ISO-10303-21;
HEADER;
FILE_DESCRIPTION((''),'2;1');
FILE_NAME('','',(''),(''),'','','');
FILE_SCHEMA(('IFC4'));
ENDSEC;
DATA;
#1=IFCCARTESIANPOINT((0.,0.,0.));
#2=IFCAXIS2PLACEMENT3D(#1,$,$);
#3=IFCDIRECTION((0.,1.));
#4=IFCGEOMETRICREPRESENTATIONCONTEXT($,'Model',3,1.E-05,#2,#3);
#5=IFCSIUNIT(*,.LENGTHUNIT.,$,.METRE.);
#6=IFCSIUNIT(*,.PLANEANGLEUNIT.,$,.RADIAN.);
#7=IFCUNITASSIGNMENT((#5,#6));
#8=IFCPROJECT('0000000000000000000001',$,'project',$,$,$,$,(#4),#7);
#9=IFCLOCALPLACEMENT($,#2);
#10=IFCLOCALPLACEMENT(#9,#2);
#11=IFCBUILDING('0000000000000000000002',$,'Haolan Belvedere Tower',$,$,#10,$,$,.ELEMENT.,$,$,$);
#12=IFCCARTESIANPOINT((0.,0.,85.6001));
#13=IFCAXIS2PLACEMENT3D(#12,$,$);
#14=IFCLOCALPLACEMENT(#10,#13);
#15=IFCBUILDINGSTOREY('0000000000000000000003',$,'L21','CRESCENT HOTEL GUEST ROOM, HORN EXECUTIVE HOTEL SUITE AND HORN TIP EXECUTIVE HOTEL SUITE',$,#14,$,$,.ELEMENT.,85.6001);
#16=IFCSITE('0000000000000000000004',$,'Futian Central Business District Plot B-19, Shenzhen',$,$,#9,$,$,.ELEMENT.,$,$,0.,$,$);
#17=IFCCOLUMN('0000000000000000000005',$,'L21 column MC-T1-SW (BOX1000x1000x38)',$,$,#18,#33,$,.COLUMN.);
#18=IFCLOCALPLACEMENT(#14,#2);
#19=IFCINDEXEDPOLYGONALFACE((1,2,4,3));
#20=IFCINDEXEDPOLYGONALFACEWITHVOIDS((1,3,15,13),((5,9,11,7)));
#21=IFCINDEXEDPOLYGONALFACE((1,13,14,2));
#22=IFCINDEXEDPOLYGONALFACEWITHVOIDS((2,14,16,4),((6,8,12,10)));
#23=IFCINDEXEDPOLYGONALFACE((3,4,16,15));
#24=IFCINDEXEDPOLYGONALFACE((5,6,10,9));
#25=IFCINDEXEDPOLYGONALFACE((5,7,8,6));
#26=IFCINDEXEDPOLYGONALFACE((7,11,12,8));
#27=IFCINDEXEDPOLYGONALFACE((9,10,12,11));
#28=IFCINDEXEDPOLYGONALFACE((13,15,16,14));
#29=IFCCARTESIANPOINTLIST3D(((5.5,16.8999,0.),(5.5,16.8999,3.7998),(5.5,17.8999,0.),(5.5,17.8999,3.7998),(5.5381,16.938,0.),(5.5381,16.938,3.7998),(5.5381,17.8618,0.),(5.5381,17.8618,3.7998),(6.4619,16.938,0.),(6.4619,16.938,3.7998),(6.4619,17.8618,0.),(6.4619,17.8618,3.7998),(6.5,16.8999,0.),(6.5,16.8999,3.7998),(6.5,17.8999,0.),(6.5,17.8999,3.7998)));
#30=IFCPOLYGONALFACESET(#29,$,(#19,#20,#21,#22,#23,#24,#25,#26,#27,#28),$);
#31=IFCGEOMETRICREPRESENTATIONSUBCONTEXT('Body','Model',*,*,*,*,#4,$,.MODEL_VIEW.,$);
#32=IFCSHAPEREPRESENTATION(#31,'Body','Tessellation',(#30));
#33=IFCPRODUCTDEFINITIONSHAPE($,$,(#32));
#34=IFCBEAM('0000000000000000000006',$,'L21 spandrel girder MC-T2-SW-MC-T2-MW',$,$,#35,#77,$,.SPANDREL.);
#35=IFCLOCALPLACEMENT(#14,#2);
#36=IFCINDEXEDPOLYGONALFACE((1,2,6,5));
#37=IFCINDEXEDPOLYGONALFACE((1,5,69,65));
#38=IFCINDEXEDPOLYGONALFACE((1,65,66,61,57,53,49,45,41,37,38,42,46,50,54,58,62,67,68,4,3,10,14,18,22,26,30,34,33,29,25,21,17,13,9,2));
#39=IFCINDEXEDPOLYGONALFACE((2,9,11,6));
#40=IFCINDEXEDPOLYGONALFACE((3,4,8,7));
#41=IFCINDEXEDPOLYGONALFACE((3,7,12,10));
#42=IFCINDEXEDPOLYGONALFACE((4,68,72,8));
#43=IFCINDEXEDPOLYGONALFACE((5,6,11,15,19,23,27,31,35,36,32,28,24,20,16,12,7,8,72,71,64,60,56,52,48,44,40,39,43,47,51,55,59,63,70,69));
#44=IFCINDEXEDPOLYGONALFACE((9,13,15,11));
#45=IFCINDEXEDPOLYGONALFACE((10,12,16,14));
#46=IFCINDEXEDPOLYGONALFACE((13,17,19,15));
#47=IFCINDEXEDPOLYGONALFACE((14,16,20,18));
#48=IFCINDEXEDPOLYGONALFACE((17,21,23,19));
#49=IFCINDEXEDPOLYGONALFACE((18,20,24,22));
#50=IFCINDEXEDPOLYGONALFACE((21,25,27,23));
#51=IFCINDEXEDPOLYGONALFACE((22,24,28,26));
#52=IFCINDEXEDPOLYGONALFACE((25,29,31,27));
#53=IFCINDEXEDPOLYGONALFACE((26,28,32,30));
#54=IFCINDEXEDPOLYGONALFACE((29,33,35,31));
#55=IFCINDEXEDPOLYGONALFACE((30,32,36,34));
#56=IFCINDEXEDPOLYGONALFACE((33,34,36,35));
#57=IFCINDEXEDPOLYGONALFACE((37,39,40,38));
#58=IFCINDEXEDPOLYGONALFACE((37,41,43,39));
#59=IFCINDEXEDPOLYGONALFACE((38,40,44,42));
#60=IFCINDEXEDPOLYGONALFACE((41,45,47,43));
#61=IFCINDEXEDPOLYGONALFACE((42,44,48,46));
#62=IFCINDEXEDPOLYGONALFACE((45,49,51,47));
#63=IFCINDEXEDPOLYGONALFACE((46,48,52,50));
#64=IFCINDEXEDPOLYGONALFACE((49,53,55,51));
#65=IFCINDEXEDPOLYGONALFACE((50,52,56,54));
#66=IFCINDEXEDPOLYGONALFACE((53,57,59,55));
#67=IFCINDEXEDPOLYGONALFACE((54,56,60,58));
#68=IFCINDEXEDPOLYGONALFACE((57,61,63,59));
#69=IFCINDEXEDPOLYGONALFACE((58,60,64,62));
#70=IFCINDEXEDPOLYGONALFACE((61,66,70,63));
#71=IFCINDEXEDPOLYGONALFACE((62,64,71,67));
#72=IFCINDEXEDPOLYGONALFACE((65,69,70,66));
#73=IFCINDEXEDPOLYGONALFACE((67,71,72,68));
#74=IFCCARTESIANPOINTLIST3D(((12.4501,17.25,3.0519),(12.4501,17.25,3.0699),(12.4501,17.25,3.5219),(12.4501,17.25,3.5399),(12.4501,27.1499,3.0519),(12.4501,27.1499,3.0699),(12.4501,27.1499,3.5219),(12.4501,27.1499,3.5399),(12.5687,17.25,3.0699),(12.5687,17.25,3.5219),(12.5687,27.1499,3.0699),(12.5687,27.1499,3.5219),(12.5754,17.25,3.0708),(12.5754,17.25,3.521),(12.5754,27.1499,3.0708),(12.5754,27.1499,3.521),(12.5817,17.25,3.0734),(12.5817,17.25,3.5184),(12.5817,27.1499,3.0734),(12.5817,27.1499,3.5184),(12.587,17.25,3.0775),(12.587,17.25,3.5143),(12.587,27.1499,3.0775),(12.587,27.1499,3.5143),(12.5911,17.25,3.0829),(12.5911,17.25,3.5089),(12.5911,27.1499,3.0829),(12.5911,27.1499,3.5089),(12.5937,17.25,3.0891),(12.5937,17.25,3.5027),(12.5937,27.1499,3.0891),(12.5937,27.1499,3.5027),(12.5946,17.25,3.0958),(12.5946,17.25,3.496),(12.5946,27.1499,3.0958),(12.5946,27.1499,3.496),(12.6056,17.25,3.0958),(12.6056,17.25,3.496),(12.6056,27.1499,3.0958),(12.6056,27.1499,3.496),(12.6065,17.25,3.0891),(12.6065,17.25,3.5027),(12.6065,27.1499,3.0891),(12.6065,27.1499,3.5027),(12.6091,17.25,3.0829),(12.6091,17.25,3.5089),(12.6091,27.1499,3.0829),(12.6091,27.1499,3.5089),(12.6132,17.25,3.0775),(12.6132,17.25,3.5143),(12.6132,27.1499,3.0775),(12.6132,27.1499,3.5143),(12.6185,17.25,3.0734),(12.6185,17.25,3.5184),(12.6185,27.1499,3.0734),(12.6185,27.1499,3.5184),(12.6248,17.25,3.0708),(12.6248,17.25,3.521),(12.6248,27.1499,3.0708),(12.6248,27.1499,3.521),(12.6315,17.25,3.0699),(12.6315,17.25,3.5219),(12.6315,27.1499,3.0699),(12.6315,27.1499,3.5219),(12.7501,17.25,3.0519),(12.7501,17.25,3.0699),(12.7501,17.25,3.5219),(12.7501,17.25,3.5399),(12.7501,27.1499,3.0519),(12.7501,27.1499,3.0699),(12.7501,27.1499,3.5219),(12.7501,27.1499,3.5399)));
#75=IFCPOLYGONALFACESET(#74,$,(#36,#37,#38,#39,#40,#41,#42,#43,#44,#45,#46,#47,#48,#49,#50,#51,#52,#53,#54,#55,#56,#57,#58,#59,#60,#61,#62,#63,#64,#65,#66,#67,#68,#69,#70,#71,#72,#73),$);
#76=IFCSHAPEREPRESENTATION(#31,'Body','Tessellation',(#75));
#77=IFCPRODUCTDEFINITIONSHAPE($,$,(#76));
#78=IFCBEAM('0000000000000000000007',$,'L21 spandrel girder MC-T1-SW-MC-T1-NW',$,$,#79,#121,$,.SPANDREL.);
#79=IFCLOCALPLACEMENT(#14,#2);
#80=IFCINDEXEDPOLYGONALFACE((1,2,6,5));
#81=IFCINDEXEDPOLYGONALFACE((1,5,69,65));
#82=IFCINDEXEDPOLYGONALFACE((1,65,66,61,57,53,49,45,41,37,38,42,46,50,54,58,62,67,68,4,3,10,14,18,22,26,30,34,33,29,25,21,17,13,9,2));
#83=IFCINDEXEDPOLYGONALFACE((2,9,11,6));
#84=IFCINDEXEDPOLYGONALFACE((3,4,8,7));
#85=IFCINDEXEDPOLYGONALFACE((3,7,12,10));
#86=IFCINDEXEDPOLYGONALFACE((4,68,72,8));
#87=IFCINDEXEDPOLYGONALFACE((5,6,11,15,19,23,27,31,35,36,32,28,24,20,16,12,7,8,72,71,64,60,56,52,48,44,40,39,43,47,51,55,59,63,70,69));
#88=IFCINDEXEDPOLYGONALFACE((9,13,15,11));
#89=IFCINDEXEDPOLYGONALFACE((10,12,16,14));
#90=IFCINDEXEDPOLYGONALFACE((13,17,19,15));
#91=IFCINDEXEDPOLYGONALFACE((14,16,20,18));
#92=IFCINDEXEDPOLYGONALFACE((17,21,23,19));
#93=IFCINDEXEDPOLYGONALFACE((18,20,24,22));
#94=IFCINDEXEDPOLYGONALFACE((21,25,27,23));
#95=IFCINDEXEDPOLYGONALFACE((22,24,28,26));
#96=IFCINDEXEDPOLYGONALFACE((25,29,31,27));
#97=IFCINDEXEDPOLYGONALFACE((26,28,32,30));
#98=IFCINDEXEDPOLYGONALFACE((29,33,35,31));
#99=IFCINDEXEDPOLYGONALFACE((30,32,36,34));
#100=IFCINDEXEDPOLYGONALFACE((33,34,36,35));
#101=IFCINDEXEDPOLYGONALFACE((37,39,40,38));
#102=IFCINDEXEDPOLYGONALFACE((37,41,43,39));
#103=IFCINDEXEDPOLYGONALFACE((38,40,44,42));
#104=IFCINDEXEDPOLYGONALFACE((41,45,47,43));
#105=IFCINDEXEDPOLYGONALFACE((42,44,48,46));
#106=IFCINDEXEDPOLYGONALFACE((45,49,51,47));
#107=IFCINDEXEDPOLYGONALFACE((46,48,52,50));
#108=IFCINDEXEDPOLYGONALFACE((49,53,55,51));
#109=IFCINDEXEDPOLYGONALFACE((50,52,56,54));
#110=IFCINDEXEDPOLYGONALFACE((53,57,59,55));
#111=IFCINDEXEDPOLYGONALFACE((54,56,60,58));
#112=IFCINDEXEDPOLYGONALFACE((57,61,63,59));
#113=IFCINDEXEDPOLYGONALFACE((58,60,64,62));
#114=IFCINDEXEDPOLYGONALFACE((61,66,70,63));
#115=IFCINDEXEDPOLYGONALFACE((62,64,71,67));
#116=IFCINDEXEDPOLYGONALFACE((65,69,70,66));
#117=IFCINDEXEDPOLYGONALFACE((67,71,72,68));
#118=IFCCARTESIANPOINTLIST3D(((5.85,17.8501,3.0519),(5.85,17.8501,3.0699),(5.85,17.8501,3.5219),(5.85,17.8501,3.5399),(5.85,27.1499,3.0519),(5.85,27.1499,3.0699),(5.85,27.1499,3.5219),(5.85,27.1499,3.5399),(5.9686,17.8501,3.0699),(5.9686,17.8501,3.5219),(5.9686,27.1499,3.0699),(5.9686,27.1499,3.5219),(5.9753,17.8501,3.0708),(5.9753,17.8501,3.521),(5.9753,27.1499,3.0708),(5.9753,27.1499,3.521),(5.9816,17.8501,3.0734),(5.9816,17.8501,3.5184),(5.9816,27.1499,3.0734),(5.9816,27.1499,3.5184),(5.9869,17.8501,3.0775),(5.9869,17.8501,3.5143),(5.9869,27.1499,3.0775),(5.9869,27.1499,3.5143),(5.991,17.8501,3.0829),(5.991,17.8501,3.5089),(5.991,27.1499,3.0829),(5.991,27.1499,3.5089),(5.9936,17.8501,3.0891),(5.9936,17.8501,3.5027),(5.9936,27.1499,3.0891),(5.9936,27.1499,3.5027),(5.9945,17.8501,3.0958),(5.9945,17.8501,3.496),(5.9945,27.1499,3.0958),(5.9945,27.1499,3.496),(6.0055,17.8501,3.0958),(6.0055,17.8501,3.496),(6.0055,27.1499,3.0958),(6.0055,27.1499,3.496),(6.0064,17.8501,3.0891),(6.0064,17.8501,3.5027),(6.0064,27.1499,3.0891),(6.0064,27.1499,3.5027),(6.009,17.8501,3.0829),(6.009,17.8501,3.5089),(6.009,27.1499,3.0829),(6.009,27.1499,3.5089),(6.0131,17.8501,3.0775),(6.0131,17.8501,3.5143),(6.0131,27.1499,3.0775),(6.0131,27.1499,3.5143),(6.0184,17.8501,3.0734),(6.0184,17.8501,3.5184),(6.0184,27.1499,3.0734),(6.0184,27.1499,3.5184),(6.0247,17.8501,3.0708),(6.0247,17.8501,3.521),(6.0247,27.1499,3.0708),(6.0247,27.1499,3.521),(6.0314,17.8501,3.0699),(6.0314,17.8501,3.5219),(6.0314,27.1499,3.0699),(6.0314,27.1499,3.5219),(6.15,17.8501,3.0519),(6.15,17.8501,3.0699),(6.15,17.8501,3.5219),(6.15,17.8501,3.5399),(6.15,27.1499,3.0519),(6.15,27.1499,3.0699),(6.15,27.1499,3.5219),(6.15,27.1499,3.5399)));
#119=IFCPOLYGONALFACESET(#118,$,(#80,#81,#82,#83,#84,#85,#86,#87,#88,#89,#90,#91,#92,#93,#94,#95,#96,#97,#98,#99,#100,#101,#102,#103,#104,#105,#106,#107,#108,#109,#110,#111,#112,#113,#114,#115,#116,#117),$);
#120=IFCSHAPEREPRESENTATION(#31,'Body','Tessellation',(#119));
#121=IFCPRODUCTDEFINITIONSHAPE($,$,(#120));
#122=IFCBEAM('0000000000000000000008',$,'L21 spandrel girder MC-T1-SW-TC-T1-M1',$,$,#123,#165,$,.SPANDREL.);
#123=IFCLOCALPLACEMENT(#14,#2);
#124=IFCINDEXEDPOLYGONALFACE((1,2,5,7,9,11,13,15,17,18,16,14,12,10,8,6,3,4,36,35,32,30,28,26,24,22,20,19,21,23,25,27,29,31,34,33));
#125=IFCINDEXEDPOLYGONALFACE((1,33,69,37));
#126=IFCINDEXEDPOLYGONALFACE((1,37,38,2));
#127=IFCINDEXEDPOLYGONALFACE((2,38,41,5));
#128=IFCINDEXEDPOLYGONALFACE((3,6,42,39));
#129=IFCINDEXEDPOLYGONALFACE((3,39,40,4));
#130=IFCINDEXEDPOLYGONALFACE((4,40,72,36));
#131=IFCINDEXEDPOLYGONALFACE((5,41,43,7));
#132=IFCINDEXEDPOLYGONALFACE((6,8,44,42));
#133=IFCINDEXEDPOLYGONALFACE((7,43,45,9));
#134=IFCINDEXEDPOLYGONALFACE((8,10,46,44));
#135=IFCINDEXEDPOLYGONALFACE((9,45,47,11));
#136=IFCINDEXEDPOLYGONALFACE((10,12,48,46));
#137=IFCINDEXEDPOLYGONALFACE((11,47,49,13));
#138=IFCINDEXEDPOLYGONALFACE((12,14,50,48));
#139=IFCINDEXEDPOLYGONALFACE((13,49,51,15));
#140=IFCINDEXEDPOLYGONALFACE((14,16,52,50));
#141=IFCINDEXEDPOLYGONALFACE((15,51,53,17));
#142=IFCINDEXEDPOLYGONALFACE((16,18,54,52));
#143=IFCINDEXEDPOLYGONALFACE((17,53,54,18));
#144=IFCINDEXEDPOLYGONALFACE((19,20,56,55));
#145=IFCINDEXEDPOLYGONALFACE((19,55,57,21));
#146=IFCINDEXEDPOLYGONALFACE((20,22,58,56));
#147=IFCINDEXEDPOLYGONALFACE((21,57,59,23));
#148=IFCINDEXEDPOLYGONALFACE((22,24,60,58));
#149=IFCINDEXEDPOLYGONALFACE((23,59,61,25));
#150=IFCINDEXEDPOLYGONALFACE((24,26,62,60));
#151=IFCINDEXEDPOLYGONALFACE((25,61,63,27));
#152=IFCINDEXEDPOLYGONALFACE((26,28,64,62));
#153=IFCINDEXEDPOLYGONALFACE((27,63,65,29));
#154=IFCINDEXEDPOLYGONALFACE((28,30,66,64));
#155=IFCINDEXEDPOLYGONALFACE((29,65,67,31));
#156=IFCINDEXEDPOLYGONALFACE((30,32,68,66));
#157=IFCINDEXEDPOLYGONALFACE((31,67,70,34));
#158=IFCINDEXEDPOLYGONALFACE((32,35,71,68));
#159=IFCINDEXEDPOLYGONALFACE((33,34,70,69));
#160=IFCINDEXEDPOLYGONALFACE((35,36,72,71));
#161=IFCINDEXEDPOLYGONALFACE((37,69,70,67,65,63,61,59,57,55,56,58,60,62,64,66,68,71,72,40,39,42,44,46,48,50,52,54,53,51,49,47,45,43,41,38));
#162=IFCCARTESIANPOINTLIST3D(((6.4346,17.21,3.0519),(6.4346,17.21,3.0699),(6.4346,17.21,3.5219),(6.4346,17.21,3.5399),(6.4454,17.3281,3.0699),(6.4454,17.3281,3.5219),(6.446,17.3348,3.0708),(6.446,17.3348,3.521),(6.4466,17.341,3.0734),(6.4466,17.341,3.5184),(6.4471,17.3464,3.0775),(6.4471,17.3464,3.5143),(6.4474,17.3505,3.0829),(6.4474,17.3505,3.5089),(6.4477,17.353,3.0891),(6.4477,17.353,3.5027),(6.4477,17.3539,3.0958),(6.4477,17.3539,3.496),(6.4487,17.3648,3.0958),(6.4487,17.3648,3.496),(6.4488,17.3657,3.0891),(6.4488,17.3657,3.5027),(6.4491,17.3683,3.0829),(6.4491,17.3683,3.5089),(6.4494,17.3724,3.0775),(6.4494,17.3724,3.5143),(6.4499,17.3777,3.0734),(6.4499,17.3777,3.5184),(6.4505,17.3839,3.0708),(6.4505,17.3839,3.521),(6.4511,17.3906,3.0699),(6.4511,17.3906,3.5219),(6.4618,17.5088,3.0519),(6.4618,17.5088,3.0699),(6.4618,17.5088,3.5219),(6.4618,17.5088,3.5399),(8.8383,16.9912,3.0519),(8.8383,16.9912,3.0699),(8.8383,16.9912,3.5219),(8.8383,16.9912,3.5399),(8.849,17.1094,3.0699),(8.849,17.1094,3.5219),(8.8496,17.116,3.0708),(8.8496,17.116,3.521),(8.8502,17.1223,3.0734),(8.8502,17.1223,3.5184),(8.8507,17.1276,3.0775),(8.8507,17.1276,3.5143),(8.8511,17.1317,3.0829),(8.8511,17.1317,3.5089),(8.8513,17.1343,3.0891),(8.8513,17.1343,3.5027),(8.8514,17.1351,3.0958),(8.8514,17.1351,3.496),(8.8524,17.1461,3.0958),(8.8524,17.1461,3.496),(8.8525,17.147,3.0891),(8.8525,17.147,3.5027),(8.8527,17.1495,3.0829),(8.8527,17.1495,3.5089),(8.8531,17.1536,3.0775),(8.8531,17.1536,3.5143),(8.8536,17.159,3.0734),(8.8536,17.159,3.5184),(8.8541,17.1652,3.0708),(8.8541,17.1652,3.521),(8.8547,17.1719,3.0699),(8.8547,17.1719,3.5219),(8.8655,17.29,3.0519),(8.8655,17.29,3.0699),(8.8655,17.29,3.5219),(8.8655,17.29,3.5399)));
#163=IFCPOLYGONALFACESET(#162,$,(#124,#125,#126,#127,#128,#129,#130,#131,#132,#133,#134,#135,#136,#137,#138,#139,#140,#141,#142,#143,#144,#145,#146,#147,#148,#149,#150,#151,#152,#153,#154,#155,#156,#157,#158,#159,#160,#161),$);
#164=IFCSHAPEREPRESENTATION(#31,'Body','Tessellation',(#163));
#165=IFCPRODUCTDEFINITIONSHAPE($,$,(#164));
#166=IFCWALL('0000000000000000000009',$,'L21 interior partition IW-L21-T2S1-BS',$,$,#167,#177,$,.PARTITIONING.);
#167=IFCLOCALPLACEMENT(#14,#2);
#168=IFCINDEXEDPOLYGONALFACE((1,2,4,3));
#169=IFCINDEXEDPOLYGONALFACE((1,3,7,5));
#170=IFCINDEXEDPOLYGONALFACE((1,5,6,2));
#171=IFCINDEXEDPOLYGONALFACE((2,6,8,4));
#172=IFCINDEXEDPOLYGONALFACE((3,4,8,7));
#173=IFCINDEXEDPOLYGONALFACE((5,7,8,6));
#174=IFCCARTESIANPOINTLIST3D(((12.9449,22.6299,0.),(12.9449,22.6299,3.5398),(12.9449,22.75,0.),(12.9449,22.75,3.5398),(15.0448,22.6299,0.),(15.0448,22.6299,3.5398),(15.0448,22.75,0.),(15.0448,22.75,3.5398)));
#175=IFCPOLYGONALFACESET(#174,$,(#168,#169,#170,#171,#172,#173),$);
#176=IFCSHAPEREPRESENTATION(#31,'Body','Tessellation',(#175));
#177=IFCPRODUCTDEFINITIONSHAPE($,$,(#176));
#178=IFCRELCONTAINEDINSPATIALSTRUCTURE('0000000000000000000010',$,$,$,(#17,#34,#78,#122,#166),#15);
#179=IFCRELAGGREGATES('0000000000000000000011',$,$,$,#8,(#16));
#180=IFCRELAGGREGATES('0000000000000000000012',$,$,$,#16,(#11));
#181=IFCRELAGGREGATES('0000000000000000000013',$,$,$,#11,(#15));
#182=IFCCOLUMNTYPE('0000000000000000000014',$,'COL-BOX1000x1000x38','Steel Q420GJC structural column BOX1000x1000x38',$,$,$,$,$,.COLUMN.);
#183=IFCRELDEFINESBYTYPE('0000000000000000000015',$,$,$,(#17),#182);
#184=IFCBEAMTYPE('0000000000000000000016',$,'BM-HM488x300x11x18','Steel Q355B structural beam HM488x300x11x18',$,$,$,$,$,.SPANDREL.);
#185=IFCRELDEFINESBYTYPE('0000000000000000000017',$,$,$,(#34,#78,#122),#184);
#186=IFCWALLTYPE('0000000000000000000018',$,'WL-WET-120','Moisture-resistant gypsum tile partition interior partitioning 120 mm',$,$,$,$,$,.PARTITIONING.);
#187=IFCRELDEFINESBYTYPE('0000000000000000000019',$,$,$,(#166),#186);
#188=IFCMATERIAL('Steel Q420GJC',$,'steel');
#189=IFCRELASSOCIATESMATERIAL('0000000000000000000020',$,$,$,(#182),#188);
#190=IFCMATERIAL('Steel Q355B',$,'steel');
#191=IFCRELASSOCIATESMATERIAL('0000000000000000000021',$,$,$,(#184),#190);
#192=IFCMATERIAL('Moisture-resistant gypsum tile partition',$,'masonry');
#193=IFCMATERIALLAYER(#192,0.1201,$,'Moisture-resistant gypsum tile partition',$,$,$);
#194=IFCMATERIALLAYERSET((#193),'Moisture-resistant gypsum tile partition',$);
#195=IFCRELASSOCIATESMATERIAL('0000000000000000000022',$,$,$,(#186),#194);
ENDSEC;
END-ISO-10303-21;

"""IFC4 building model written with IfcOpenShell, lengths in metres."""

from ifc_helpers import new_model, si_unit, direction, frame, frame_2d, origin, origin_2d, place, context, subcontext, project, spatial, rectangle, hollow_rectangle, i_section, extrude, material, layer, layer_set, material_profile, profile_set, type_object, element, save


model = new_model("IFC4")

# Units and contexts
model_context = context("Model", 3, precision=1e-05, world=origin(), true_north=direction((0.0, 1.0)))
body_context = subcontext(model_context, "Body", "Model", "MODEL_VIEW")
ifc_project = project(units=[si_unit("LENGTHUNIT", "METRE"), si_unit("PLANEANGLEUNIT", "RADIAN")], contexts=[model_context])

# Site, building, storey
site_placement = place(None, origin())
site = spatial("IfcSite", under=ifc_project, at=site_placement, Name="Futian Central Business District Plot B-19, Shenzhen", CompositionType="ELEMENT", RefElevation=0.0)
building_placement = place(site_placement, origin())
building = spatial("IfcBuilding", under=site, at=building_placement, Name="Haolan Belvedere Tower", CompositionType="ELEMENT")
storey_placement = place(building_placement, frame((0.0, 0.0, 85.6001)))
storey = spatial("IfcBuildingStorey", under=building, at=storey_placement, Name="L21", Description="CRESCENT HOTEL GUEST ROOM, HORN EXECUTIVE HOTEL SUITE AND HORN TIP EXECUTIVE HOTEL SUITE", CompositionType="ELEMENT", Elevation=85.6001)

# Column
ifc_material_1 = material(Name="Steel Q420GJC", Category="steel")
ifc_material_profile_1 = material_profile(ifc_material_1, hollow_rectangle(XDim=1.0, YDim=1.0, WallThickness=0.0381, at=origin_2d()), Name="Steel Q420GJC")
ifc_profile_set_1 = profile_set([ifc_material_profile_1], Name="Steel Q420GJC")
column_type = type_object("IfcColumnType", Name="COL-BOX1000x1000x38", Description="Steel Q420GJC structural column BOX1000x1000x38", PredefinedType="COLUMN", material=ifc_profile_set_1)
column_placement = place(storey_placement, frame((6.0, 17.3999, 0.0), z_axis=(0.0, 0.0, 1.0), x_axis=(1.0, 0.0, 0.0)))
element("IfcColumn", 1, at=column_placement, inside=storey, type_object=column_type, Name="L21 column MC-T1-SW (BOX1000x1000x38)", PredefinedType="COLUMN", context=body_context, shape_type="SweptSolid", body=[
    extrude(hollow_rectangle(XDim=1.0, YDim=1.0, WallThickness=0.0381, at=origin_2d()), origin(), (0.0, 0.0, 1.0), 3.7998),
])

# Beams
ifc_material_2 = material(Name="Steel Q355B", Category="steel")
ifc_material_profile_2 = material_profile(ifc_material_2, i_section(OverallWidth=0.3, OverallDepth=0.488, WebThickness=0.011, FlangeThickness=0.0181, FilletRadius=0.0259, at=origin_2d()), Name="Steel Q355B")
ifc_profile_set_2 = profile_set([ifc_material_profile_2], Name="Steel Q355B")
beam_type = type_object("IfcBeamType", Name="BM-HM488x300x11x18", Description="Steel Q355B structural beam HM488x300x11x18", PredefinedType="SPANDREL", material=ifc_profile_set_2)
beam_1_placement = place(storey_placement, frame((12.6001, 17.25, 3.2959), z_axis=(0.0, 1.0, 0.0), x_axis=(-1.0, 0.0, 0.0)))
element("IfcBeam", 2, at=beam_1_placement, inside=storey, type_object=beam_type, Name="L21 spandrel girder MC-T2-SW-MC-T2-MW", PredefinedType="SPANDREL", context=body_context, shape_type="SweptSolid", body=[
    extrude(i_section(OverallWidth=0.3, OverallDepth=0.488, WebThickness=0.011, FlangeThickness=0.0181, FilletRadius=0.0259, at=origin_2d()), origin(), (0.0, 0.0, 1.0), 9.8999),
])
beam_2_placement = place(storey_placement, frame((6.0, 17.8501, 3.2959), z_axis=(0.0, 1.0, 0.0), x_axis=(-1.0, 0.0, 0.0)))
element("IfcBeam", 3, at=beam_2_placement, inside=storey, type_object=beam_type, Name="L21 spandrel girder MC-T1-SW-MC-T1-NW", PredefinedType="SPANDREL", context=body_context, shape_type="SweptSolid", body=[
    extrude(i_section(OverallWidth=0.3, OverallDepth=0.488, WebThickness=0.011, FlangeThickness=0.0181, FilletRadius=0.0259, at=origin_2d()), origin(), (0.0, 0.0, 1.0), 9.2998),
])
beam_3_placement = place(storey_placement, frame((6.4482, 17.3594, 3.2959), z_axis=(0.995884, -0.090636, 0.0), x_axis=(0.090636, 0.995884, 0.0)))
element("IfcBeam", 4, at=beam_3_placement, inside=storey, type_object=beam_type, Name="L21 spandrel girder MC-T1-SW-TC-T1-M1", PredefinedType="SPANDREL", context=body_context, shape_type="SweptSolid", body=[
    extrude(i_section(OverallWidth=0.3, OverallDepth=0.488, WebThickness=0.011, FlangeThickness=0.0181, FilletRadius=0.0259, at=origin_2d()), origin(), (0.0, 0.0, 1.0), 2.4136),
])

# Wall
ifc_material_3 = material(Name="Moisture-resistant gypsum tile partition", Category="masonry")
ifc_layer = layer(ifc_material_3, 0.1201, Name="Moisture-resistant gypsum tile partition")
ifc_layer_set = layer_set([ifc_layer], Name="Moisture-resistant gypsum tile partition")
wall_type = type_object("IfcWallType", Name="WL-WET-120", Description="Moisture-resistant gypsum tile partition interior partitioning 120 mm", PredefinedType="PARTITIONING", material=ifc_layer_set)
wall_1_placement = place(storey_placement, frame((12.9451, 22.6899, 0.0), z_axis=(0.0, 0.0, 1.0), x_axis=(1.0, 0.0, 0.0)))
element("IfcWall", 5, at=wall_1_placement, inside=storey, type_object=wall_type, Name="L21 interior partition IW-L21-T2S1-BS", PredefinedType="PARTITIONING", context=body_context, shape_type="SweptSolid", body=[
    extrude(rectangle(XDim=2.0999, YDim=0.1201, at=frame_2d((1.0498, 0.0))), origin(), (0.0, 0.0, 1.0), 3.5398),
])

save(model, "model.ifc")
